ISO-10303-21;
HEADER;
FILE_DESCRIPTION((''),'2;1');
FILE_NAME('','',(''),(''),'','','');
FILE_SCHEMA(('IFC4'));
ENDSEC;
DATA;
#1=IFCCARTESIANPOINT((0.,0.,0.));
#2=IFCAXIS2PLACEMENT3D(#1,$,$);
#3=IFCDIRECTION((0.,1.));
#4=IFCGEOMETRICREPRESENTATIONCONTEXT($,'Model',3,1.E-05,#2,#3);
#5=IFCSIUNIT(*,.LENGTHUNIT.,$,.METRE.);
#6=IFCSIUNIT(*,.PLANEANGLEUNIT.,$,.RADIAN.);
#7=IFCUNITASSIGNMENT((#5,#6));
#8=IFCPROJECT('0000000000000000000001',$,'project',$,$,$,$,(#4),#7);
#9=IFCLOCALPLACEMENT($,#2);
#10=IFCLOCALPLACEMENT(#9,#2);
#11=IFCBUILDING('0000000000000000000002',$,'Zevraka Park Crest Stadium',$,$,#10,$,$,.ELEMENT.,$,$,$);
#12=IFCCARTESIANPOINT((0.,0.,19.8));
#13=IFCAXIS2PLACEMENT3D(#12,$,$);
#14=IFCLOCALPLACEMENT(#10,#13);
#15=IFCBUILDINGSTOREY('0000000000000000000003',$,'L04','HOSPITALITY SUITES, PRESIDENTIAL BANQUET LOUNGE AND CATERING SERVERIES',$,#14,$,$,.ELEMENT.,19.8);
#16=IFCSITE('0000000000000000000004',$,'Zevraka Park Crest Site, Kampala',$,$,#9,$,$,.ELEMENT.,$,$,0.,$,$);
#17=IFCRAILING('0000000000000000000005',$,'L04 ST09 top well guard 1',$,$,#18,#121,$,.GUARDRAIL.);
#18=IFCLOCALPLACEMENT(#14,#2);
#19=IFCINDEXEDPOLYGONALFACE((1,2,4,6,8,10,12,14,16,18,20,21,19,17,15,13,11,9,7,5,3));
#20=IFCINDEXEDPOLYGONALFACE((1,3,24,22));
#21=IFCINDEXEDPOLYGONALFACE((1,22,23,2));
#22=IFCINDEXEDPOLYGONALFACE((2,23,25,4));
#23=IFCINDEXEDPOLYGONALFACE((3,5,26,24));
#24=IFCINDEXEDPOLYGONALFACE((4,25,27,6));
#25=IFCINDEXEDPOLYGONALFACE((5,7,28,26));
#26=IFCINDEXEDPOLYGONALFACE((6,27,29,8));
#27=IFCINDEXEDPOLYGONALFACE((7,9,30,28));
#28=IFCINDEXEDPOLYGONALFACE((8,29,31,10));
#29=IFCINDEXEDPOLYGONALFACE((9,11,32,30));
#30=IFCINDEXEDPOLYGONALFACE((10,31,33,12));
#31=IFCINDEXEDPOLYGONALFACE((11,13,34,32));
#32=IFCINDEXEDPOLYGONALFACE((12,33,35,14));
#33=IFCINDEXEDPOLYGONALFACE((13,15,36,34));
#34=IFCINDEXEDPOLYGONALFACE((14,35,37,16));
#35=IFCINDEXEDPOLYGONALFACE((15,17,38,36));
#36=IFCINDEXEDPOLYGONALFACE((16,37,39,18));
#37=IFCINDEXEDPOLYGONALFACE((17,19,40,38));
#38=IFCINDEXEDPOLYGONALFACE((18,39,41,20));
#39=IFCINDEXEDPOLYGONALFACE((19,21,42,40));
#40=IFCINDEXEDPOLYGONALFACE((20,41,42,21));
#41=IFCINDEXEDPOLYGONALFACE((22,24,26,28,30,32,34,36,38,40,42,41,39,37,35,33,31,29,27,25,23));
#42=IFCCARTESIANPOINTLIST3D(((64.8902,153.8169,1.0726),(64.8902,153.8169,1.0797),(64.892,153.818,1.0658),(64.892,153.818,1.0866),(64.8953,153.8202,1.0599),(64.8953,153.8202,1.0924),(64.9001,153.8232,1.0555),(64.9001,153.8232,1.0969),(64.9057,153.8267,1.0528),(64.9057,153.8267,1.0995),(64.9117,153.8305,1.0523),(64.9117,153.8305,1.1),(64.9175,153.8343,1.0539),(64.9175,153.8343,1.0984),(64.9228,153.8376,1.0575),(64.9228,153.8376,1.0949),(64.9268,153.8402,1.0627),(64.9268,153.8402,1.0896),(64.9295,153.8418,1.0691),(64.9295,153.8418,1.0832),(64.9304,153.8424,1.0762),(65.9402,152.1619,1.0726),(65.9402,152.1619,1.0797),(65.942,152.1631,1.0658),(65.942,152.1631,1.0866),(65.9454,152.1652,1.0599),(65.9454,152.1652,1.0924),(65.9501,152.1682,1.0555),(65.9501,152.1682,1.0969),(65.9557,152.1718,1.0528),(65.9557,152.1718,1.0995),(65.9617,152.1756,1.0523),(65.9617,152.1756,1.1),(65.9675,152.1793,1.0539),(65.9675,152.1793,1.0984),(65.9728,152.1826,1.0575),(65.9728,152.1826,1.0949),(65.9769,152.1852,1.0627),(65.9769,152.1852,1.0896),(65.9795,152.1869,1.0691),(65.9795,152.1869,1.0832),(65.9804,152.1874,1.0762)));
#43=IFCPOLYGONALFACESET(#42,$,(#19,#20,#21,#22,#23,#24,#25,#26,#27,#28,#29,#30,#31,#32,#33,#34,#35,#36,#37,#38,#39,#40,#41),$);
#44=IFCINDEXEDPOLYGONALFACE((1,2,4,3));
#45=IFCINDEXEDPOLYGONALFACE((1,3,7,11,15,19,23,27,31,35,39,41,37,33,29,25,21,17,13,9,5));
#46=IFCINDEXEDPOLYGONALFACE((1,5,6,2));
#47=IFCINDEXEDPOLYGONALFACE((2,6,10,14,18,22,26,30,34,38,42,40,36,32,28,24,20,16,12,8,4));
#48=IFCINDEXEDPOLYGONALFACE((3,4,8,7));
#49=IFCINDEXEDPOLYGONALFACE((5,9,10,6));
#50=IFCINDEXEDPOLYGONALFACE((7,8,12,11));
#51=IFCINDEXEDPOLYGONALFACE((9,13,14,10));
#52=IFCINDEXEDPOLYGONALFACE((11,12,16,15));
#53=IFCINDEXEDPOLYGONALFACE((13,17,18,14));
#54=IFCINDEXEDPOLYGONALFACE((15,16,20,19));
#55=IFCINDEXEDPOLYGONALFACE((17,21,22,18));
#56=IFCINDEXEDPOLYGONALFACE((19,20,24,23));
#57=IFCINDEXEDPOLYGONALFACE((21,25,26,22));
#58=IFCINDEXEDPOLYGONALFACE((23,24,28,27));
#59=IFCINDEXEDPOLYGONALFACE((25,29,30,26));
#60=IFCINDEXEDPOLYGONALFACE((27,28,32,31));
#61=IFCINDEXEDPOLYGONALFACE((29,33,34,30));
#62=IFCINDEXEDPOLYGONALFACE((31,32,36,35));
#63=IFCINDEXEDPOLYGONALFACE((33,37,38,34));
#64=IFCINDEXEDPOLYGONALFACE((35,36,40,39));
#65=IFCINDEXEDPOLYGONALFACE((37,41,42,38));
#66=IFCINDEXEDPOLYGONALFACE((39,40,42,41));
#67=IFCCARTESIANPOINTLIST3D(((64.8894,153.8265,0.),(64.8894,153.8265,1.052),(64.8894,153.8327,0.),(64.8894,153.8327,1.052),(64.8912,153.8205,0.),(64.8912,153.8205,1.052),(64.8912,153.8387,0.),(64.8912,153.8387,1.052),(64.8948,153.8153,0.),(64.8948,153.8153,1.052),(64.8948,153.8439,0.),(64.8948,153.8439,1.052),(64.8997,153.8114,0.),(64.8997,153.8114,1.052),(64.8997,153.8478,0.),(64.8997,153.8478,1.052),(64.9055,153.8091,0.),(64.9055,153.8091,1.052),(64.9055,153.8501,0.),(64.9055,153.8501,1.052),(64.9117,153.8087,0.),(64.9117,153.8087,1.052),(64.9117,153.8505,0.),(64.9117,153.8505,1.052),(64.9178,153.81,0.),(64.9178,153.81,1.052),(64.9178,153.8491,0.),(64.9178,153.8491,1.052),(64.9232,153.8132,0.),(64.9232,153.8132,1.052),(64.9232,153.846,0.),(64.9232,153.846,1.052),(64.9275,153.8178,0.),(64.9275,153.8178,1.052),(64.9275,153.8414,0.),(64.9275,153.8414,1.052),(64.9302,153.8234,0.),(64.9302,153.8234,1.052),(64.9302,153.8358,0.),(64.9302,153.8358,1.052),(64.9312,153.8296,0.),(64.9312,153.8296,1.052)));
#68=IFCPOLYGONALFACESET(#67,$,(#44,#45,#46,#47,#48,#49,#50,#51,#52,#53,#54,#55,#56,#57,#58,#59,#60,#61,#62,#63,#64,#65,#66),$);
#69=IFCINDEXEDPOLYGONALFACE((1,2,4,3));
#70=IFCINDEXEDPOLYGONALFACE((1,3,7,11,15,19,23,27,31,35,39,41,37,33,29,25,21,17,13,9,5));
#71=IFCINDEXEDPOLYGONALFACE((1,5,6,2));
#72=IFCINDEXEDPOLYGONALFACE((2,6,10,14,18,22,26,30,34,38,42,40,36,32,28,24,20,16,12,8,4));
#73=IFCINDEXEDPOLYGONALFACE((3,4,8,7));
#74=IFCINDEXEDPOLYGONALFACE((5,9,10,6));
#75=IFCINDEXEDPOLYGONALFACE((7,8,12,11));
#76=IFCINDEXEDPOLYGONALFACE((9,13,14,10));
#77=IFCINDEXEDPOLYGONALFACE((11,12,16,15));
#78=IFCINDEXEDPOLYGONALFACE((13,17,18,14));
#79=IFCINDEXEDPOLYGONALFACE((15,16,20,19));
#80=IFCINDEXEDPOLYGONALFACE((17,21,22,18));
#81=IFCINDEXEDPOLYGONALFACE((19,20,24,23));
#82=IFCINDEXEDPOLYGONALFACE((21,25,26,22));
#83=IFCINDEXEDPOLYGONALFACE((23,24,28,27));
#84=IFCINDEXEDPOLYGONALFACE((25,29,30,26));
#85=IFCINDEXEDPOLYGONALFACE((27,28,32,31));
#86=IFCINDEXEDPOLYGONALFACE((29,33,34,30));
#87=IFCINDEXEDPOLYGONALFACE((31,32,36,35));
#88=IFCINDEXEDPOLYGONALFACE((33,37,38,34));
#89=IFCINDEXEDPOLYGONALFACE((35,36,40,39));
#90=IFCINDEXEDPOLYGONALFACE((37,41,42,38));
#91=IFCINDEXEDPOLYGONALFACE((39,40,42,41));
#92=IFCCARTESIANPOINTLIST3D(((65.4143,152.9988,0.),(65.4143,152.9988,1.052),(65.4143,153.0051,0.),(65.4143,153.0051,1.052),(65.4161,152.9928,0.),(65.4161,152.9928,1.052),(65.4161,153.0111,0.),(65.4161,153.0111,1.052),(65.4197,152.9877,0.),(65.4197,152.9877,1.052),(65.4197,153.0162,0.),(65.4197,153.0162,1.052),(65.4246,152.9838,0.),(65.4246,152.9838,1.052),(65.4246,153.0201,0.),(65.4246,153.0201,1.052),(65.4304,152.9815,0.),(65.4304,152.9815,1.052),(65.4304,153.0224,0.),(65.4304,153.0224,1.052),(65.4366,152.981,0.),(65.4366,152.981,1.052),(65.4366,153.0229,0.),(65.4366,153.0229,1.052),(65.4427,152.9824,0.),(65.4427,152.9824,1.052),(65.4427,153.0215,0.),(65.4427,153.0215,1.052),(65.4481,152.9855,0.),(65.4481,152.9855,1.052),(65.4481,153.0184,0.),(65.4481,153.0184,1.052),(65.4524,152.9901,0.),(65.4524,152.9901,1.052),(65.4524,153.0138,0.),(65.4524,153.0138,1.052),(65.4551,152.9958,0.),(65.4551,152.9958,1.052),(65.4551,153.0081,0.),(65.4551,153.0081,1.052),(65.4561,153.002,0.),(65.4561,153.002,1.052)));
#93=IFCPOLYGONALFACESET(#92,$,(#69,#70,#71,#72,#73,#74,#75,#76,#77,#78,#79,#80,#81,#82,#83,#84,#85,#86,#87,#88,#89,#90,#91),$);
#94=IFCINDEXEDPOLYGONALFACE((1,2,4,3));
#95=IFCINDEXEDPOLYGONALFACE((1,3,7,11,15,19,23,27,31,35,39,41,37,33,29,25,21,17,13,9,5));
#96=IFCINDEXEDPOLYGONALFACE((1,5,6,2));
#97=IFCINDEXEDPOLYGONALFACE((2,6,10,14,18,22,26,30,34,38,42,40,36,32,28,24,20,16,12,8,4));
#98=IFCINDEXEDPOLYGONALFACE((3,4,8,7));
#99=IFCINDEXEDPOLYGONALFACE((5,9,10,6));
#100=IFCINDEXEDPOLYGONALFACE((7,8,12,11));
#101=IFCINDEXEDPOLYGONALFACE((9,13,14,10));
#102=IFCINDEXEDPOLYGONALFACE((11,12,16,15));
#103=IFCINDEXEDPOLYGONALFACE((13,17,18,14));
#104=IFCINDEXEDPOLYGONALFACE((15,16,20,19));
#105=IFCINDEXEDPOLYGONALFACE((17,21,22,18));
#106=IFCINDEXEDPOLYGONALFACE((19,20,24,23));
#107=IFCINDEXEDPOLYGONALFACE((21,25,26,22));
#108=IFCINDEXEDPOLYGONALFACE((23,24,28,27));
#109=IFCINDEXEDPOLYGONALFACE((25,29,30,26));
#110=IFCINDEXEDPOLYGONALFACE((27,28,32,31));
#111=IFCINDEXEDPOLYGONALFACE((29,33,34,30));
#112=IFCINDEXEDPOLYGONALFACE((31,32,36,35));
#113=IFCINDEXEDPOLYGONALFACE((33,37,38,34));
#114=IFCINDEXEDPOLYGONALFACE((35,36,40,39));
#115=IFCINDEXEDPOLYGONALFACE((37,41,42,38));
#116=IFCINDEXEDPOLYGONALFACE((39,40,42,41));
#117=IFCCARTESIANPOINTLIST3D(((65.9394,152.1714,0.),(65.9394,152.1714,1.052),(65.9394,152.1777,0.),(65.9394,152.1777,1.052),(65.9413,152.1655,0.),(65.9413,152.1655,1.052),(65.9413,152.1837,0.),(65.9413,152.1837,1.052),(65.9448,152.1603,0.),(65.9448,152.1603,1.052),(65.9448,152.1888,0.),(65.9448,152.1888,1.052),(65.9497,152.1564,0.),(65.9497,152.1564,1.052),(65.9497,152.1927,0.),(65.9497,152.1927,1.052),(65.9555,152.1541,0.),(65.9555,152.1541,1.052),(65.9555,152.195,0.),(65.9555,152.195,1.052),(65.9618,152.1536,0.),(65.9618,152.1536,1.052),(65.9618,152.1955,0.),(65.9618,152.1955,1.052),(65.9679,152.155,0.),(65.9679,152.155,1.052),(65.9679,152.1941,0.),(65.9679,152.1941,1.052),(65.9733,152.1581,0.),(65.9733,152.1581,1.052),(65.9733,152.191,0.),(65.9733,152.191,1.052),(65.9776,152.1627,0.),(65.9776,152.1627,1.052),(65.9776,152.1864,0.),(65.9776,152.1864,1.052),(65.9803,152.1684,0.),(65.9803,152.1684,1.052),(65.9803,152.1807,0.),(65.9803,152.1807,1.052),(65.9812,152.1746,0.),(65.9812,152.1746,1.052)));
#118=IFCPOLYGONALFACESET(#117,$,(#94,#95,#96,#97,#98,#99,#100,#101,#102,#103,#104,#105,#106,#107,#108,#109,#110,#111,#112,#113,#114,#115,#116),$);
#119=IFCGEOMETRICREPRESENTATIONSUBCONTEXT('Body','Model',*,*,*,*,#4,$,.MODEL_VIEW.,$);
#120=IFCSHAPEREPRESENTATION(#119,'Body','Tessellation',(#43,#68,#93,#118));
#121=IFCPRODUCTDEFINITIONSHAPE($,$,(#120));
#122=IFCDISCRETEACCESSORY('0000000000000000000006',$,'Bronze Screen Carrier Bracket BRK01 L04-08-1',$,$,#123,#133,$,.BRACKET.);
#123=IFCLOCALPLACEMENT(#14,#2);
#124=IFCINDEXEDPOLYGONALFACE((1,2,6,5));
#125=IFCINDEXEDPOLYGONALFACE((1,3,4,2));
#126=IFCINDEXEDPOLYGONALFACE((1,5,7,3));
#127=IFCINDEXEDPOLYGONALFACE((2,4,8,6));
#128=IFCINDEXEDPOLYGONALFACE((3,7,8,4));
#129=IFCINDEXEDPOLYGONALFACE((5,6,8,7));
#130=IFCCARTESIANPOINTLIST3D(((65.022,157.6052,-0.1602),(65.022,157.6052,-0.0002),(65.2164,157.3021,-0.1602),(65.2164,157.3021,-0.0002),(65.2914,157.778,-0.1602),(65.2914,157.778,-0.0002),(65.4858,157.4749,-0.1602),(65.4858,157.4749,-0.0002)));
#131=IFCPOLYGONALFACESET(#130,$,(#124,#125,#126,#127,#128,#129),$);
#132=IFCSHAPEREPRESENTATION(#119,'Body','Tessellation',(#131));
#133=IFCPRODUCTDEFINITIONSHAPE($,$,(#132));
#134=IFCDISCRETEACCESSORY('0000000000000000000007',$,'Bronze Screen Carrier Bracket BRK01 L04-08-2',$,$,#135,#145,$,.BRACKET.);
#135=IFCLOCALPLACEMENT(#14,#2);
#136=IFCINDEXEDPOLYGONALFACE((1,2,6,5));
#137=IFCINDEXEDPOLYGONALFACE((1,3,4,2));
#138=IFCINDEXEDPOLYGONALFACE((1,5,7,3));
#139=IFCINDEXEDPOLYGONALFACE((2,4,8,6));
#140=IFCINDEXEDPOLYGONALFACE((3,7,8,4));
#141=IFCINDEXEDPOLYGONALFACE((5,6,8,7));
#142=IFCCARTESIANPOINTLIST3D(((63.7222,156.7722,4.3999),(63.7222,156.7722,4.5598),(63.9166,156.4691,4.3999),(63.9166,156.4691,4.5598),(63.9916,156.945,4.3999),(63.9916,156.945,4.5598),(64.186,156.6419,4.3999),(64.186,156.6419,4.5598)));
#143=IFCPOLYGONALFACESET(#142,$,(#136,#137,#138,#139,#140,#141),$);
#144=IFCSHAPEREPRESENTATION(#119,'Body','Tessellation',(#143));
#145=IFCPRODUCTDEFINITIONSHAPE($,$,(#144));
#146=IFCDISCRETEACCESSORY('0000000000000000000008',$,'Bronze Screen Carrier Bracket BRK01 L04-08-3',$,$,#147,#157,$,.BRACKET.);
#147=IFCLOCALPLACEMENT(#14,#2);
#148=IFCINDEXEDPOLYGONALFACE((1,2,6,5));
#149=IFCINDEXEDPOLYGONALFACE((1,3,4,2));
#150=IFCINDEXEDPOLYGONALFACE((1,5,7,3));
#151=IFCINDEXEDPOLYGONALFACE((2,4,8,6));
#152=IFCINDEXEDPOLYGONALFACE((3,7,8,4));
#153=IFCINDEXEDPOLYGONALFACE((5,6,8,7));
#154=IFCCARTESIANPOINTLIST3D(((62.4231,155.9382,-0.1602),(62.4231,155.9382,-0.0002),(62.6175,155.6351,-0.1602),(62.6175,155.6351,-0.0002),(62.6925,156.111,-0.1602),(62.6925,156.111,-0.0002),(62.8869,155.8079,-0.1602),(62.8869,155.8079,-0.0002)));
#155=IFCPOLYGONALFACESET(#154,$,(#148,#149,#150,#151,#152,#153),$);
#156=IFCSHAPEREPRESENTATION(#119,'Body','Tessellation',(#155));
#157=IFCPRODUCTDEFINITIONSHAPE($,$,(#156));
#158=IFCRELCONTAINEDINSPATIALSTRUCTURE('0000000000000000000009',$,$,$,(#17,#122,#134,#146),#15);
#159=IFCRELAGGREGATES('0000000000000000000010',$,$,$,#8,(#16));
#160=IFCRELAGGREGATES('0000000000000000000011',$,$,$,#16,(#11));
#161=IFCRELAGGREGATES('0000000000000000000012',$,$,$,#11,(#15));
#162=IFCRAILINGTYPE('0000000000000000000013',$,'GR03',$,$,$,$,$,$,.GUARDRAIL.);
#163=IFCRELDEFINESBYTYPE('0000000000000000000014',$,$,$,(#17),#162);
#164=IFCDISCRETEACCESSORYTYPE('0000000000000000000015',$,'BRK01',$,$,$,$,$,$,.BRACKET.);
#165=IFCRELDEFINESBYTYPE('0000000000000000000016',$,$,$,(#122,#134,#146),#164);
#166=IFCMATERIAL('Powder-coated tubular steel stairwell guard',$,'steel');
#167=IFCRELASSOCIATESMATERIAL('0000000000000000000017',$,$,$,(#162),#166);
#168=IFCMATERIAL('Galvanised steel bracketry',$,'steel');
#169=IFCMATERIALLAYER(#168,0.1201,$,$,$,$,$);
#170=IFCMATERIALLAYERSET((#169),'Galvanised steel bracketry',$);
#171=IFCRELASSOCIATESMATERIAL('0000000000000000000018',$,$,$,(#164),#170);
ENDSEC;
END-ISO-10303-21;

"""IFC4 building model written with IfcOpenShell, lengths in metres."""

from ifc_helpers import new_model, si_unit, direction, frame, origin, origin_2d, place, context, subcontext, project, spatial, rectangle, circle, extrude, material, layer, layer_set, type_object, element, save


model = new_model("IFC4")

# Units and contexts
model_context = context("Model", 3, precision=1e-05, world=origin(), true_north=direction((0.0, 1.0)))
body_context = subcontext(model_context, "Body", "Model", "MODEL_VIEW")
ifc_project = project(units=[si_unit("LENGTHUNIT", "METRE"), si_unit("PLANEANGLEUNIT", "RADIAN")], contexts=[model_context])

# Site, building, storey
site_placement = place(None, origin())
site = spatial("IfcSite", under=ifc_project, at=site_placement, Name="Zevraka Park Crest Site, Kampala", CompositionType="ELEMENT", RefElevation=0.0)
building_placement = place(site_placement, origin())
building = spatial("IfcBuilding", under=site, at=building_placement, Name="Zevraka Park Crest Stadium", CompositionType="ELEMENT")
storey_placement = place(building_placement, frame((0.0, 0.0, 19.8)))
storey = spatial("IfcBuildingStorey", under=building, at=storey_placement, Name="L04", Description="HOSPITALITY SUITES, PRESIDENTIAL BANQUET LOUNGE AND CATERING SERVERIES", CompositionType="ELEMENT", Elevation=19.8)

# Railing
ifc_material_1 = material(Name="Powder-coated tubular steel stairwell guard", Category="steel")
railing_type = type_object("IfcRailingType", Name="GR03", PredefinedType="GUARDRAIL", material=ifc_material_1)
railing_placement = place(storey_placement, frame((64.9102, 153.8296, 0.0)))
element("IfcRailing", 1, at=railing_placement, inside=storey, type_object=railing_type, Name="L04 ST09 top well guard 1", PredefinedType="GUARDRAIL", context=body_context, shape_type="SweptSolid", body=[
    extrude(circle(Radius=0.0239, at=origin_2d()), frame((0.0, 0.0, 1.0762), z_axis=(0.535731, -0.844389, 0.0), x_axis=(0.844389, 0.535731, 0.0)), (0.0, 0.0, 1.0), 1.96),
    extrude(circle(Radius=0.021, at=origin_2d()), origin(), (0.0, 0.0, 1.0), 1.052),
    extrude(circle(Radius=0.021, at=origin_2d()), frame((0.5249, -0.8276, 0.0)), (0.0, 0.0, 1.0), 1.052),
    extrude(circle(Radius=0.021, at=origin_2d()), frame((1.05, -1.655, 0.0)), (0.0, 0.0, 1.0), 1.052),
])

# Discrete accessories
ifc_material_2 = material(Name="Galvanised steel bracketry", Category="steel")
ifc_layer_1 = layer(ifc_material_2, 0.1201)
ifc_layer_set_1 = layer_set([ifc_layer_1], Name="Galvanised steel bracketry")
discrete_accessory_type = type_object("IfcDiscreteAccessoryType", Name="BRK01", PredefinedType="BRACKET", material=ifc_layer_set_1)
for number, where, z_axis, x_axis, name in (
    (2, (65.2539, 157.54, -0.1602), (0.0, 0.0, 1.0), (-0.841699, -0.539947, 0.0), "Bronze Screen Carrier Bracket BRK01 L04-08-1"),
    (3, (63.9541, 156.707, 4.3999), (0.0, 0.0, 1.0), (-0.841699, -0.539947, 0.0), "Bronze Screen Carrier Bracket BRK01 L04-08-2"),
    (4, (62.655, 155.873, -0.1602), (0.0, 0.0, 1.0), (-0.841699, -0.539947, 0.0), "Bronze Screen Carrier Bracket BRK01 L04-08-3"),
):
    element("IfcDiscreteAccessory", number, at=place(storey_placement, frame(where, z_axis=z_axis, x_axis=x_axis)), inside=storey, type_object=discrete_accessory_type, Name=name, PredefinedType="BRACKET", context=body_context, shape_type="SweptSolid", body=[
        extrude(rectangle(XDim=0.3201, YDim=0.3601, at=origin_2d()), origin(), (0.0, 0.0, 1.0), 0.1599),
    ])

save(model, "model.ifc")
